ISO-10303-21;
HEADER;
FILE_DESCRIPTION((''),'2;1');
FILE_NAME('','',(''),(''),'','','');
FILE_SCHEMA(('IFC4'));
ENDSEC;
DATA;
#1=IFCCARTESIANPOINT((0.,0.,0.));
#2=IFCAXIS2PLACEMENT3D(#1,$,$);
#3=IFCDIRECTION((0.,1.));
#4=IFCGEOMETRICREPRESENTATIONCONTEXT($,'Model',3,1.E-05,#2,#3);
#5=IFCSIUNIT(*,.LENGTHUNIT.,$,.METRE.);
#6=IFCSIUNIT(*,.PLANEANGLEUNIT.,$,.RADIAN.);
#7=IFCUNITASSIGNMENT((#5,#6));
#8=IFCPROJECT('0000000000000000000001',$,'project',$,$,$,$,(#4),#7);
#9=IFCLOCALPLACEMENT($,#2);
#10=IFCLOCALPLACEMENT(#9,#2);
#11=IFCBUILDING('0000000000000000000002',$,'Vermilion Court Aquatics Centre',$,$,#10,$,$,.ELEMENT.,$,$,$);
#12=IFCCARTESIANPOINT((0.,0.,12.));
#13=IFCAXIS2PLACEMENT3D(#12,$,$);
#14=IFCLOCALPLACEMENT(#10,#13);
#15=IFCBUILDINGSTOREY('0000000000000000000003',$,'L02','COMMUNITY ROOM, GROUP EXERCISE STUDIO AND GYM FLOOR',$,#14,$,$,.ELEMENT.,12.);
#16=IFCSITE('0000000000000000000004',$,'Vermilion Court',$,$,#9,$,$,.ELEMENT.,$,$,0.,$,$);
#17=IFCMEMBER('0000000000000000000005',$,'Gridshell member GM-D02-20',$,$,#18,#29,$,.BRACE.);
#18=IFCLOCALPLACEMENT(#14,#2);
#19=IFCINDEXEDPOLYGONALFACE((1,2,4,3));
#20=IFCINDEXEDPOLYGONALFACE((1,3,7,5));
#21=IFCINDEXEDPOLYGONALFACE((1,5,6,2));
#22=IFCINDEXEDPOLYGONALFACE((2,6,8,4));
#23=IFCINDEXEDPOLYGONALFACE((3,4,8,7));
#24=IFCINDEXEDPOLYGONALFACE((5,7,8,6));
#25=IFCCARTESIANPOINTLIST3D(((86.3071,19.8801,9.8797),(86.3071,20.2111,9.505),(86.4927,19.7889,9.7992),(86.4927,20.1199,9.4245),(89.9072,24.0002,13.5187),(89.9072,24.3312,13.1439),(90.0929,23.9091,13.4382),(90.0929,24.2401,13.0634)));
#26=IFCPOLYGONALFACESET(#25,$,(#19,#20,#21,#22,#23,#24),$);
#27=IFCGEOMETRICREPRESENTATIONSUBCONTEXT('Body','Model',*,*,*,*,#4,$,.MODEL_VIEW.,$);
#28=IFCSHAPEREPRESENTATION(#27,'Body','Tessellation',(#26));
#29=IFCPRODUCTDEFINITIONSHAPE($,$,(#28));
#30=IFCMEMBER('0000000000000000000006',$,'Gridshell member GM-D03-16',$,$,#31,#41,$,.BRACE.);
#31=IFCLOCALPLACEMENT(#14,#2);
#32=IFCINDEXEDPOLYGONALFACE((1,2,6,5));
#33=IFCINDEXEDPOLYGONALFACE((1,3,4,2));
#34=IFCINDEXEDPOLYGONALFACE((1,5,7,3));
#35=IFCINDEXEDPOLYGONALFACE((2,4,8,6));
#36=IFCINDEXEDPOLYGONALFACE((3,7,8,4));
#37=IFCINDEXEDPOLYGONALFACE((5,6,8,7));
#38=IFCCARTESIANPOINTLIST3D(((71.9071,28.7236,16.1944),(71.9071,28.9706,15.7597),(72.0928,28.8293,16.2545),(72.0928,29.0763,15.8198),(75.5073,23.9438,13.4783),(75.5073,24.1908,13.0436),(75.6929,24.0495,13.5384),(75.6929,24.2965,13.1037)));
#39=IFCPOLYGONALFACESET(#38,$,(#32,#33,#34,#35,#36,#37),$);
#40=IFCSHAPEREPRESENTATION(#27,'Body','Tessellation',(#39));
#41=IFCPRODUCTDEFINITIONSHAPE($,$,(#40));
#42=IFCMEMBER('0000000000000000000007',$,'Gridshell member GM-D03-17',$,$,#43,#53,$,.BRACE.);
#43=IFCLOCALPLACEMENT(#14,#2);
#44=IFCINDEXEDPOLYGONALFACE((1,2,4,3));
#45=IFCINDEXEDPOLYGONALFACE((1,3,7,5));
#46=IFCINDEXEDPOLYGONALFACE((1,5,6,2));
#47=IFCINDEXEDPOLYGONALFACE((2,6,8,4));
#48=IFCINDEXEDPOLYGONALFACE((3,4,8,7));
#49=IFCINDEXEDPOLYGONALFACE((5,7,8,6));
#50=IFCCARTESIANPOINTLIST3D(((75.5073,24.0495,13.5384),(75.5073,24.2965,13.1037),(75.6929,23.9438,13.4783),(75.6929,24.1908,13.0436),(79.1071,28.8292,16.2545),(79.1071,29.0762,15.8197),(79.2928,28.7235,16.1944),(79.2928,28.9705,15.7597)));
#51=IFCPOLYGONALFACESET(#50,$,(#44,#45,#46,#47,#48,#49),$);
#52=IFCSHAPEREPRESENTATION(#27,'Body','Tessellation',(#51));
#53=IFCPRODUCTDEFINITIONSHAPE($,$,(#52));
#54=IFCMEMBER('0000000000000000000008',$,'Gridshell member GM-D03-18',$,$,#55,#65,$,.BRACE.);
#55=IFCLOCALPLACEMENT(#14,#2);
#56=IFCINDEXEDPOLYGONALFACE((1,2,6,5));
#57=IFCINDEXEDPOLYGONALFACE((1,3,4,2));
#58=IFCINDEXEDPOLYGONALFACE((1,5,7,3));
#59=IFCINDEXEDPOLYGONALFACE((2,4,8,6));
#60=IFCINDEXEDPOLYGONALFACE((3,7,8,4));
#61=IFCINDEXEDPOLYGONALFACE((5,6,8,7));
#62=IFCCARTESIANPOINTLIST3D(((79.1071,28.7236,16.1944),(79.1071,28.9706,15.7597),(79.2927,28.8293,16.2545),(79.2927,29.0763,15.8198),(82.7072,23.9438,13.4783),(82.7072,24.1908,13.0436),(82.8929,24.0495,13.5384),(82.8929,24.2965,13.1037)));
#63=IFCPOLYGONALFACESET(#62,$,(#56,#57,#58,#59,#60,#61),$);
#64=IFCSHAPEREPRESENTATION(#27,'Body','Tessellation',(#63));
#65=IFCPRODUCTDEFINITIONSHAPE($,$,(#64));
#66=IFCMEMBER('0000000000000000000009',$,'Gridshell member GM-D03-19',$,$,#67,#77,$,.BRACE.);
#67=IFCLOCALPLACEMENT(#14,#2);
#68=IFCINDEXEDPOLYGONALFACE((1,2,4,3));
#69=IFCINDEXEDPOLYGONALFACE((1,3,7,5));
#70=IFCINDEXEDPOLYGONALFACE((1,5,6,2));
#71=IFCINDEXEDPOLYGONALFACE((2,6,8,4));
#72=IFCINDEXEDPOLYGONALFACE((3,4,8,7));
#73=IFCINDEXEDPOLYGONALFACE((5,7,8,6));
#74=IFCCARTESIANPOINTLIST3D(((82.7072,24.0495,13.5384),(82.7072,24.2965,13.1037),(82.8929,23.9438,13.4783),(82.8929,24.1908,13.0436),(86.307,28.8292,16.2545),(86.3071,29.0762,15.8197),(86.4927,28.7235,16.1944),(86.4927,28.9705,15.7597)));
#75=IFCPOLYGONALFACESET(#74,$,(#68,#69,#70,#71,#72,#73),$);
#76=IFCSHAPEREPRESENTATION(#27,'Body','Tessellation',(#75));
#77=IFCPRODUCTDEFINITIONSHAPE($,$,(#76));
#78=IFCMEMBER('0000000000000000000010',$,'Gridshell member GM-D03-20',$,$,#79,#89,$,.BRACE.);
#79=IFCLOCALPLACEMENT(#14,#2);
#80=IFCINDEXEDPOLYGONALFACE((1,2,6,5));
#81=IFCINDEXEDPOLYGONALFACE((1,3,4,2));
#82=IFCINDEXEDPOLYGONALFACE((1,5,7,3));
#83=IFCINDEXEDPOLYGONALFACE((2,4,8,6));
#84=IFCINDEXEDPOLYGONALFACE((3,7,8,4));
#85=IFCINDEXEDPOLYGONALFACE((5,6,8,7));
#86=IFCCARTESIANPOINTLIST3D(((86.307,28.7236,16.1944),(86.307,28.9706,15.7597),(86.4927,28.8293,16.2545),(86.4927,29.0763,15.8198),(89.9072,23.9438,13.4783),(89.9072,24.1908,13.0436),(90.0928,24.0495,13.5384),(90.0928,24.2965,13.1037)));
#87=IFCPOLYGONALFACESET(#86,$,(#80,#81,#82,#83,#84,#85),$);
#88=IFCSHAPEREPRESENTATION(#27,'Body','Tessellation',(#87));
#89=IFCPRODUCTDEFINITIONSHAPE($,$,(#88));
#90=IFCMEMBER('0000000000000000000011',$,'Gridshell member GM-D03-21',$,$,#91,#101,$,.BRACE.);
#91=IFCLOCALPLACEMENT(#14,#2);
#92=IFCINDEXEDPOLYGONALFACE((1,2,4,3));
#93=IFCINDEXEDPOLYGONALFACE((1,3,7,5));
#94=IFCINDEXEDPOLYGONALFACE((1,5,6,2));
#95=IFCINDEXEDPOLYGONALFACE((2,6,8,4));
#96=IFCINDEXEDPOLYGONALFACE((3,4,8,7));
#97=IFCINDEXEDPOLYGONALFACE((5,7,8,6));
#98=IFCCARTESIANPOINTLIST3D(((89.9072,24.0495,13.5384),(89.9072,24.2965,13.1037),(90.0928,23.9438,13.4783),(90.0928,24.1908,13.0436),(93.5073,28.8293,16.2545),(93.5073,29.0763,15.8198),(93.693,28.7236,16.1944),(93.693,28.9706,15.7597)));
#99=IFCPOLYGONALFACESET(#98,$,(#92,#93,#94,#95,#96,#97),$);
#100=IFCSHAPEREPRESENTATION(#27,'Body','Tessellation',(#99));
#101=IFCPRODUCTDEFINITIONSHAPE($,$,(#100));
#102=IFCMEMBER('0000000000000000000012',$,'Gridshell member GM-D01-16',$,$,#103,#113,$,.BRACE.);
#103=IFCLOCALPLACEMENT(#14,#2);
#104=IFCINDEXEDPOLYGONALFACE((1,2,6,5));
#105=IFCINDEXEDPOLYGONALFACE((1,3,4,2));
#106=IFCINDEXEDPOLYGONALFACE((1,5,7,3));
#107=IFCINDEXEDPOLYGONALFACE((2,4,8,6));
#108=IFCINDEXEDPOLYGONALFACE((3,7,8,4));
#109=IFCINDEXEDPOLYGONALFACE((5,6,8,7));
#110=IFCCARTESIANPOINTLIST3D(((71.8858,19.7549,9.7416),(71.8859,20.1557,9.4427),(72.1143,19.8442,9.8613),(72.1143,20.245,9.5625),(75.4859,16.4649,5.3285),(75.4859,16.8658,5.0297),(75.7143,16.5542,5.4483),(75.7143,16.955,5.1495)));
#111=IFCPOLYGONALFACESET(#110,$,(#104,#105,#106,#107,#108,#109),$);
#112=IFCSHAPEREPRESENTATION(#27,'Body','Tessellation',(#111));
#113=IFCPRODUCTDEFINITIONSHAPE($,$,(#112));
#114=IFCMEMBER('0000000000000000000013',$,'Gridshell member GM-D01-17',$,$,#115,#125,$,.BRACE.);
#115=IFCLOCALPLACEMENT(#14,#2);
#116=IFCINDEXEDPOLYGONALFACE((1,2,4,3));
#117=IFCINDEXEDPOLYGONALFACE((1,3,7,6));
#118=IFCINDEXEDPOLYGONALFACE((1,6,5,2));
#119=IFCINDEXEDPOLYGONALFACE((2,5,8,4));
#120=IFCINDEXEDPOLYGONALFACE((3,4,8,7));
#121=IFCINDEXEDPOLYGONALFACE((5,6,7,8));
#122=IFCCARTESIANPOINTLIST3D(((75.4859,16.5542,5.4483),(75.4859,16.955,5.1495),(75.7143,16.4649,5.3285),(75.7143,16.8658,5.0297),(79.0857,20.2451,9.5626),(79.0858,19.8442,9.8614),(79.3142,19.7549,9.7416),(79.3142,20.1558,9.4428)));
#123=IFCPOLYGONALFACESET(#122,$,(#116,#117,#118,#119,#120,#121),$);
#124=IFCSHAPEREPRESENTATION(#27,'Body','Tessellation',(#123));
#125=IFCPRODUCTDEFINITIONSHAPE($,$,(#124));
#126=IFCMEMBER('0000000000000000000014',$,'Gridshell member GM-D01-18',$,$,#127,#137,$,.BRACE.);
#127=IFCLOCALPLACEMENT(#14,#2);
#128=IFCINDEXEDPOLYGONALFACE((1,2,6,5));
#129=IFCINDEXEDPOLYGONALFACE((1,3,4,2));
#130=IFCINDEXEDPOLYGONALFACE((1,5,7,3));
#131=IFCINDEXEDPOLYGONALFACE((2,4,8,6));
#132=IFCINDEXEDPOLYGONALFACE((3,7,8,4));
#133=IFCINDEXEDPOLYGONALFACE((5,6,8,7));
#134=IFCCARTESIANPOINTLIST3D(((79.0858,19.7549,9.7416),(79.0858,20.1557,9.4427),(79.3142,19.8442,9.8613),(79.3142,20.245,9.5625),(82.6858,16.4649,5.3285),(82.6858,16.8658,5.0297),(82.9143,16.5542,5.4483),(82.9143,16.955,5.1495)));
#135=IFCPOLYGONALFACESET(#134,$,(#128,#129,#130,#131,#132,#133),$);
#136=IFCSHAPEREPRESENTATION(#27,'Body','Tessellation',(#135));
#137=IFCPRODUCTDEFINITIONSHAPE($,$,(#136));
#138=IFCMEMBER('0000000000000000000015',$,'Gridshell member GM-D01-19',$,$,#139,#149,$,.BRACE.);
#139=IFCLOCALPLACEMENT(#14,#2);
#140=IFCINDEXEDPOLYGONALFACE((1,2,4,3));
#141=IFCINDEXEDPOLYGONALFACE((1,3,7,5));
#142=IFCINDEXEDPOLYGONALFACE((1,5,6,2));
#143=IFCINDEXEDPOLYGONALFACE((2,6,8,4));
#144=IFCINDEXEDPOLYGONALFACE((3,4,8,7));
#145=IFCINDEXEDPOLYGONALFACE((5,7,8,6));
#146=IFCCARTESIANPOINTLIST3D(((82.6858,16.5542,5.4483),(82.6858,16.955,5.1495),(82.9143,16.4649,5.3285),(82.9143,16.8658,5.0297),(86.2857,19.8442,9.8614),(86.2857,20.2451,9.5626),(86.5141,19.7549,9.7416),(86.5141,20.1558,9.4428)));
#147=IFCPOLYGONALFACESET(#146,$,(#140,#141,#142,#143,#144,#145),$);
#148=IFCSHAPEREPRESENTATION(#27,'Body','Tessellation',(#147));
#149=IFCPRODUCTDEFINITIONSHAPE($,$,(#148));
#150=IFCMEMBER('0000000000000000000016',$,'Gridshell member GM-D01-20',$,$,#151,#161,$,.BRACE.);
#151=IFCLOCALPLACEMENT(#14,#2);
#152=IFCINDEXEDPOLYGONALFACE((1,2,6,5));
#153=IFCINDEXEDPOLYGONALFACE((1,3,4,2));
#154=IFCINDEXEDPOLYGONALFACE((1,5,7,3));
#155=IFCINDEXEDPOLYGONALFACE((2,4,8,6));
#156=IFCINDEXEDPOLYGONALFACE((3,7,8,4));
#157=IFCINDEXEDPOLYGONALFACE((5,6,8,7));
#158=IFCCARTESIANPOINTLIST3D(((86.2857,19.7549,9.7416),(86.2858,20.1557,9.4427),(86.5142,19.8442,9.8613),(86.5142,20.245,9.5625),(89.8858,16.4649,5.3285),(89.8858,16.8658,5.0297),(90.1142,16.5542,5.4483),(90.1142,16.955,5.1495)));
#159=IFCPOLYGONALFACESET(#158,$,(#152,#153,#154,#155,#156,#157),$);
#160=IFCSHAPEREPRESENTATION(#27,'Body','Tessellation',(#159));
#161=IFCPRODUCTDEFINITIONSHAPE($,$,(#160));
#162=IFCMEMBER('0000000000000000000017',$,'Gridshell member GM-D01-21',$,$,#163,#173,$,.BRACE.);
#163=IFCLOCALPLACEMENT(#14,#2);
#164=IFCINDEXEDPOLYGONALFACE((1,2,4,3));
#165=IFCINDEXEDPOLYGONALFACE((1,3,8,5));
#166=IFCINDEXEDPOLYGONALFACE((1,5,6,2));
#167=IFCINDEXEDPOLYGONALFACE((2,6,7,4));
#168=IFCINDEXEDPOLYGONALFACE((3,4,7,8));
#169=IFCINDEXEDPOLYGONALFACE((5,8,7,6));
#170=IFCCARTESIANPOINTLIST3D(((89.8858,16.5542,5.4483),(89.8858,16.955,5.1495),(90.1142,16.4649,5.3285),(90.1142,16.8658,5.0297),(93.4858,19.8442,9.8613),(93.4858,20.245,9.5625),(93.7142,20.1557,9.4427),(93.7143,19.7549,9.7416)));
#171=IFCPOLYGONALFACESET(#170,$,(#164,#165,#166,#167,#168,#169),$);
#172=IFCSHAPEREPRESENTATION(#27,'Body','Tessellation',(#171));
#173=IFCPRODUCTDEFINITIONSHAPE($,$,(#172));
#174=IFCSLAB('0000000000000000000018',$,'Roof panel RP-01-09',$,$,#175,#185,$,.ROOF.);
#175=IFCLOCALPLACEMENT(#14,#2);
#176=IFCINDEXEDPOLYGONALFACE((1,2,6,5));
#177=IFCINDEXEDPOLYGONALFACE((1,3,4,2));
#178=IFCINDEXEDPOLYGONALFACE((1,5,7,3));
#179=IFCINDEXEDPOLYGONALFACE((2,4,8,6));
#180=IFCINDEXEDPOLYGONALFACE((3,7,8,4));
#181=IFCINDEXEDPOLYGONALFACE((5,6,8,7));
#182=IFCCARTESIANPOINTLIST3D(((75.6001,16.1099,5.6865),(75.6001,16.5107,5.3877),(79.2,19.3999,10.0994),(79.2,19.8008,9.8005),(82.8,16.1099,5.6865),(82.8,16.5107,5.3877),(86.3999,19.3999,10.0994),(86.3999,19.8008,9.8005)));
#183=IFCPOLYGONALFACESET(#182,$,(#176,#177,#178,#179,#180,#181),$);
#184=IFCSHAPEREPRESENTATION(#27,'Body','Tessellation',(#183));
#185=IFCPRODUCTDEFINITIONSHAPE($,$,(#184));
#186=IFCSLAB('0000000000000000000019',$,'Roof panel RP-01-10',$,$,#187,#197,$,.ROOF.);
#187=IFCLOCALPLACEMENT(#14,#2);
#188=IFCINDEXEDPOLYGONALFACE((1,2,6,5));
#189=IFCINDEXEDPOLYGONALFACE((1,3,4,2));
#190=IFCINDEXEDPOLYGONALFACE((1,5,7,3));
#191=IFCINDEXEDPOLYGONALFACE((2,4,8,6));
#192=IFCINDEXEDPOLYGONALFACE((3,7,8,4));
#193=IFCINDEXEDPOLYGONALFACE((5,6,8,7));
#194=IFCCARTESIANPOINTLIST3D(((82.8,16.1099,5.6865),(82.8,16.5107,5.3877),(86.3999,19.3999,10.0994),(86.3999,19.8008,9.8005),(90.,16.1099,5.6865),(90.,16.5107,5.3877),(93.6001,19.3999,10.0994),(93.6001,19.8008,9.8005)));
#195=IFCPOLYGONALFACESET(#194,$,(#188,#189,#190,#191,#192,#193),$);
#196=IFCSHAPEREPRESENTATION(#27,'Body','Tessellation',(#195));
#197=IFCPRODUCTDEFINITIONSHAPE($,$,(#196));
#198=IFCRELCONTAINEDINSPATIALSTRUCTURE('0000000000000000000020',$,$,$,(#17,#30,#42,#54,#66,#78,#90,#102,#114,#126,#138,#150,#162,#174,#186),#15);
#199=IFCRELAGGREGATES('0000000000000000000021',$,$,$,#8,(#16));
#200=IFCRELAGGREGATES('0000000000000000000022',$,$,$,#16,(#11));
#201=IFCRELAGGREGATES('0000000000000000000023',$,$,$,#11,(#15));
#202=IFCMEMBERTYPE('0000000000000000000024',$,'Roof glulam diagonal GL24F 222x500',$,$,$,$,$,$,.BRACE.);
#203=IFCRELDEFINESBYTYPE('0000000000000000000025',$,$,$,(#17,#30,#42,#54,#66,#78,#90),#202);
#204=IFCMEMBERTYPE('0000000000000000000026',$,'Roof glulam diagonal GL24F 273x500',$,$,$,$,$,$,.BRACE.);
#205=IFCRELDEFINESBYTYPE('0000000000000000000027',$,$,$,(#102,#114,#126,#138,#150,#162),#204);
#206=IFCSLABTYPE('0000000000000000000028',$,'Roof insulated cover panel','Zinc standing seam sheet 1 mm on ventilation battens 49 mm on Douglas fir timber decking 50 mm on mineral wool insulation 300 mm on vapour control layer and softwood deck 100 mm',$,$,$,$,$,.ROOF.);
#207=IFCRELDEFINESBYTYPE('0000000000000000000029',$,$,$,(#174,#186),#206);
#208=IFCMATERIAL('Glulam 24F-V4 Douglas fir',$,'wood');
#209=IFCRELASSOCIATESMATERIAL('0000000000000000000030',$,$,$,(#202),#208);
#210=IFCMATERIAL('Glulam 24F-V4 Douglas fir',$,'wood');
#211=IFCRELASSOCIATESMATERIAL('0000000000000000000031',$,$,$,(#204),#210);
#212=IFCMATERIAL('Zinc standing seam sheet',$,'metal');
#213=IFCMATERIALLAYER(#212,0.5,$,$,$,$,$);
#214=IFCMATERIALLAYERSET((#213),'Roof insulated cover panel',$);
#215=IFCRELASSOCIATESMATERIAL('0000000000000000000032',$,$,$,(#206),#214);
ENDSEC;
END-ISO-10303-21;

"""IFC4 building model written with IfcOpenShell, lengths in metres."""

from ifc_helpers import new_model, si_unit, direction, frame, origin, origin_2d, place, context, subcontext, project, spatial, polyline, rectangle, outline, extrude, material, layer, layer_set, material_profile, profile_set, type_object, element, save


model = new_model("IFC4")

# Units and contexts
model_context = context("Model", 3, precision=1e-05, world=origin(), true_north=direction((0.0, 1.0)))
body_context = subcontext(model_context, "Body", "Model", "MODEL_VIEW")
ifc_project = project(units=[si_unit("LENGTHUNIT", "METRE"), si_unit("PLANEANGLEUNIT", "RADIAN")], contexts=[model_context])

# Site, building, storey
site_placement = place(None, origin())
site = spatial("IfcSite", under=ifc_project, at=site_placement, Name="Vermilion Court", CompositionType="ELEMENT", RefElevation=0.0)
building_placement = place(site_placement, origin())
building = spatial("IfcBuilding", under=site, at=building_placement, Name="Vermilion Court Aquatics Centre", CompositionType="ELEMENT")
storey_placement = place(building_placement, frame((0.0, 0.0, 12.0)))
storey = spatial("IfcBuildingStorey", under=building, at=storey_placement, Name="L02", Description="COMMUNITY ROOM, GROUP EXERCISE STUDIO AND GYM FLOOR", CompositionType="ELEMENT", Elevation=12.0)

# Members
ifc_material_1 = material(Name="Glulam 24F-V4 Douglas fir", Category="wood")
ifc_material_profile_1 = material_profile(ifc_material_1, rectangle(XDim=0.2219, YDim=0.5, at=origin_2d()), Name="GL24F 222x500")
ifc_profile_set_1 = profile_set([ifc_material_profile_1], Name="Glulam 24F-V4 Douglas fir")
member_type_1 = type_object("IfcMemberType", Name="Roof glulam diagonal GL24F 222x500", PredefinedType="BRACE", material=ifc_profile_set_1)
member_1_placement = place(storey_placement, frame((86.3999, 20.0, 9.6521), z_axis=(0.547878, 0.627017, 0.553786), x_axis=(-0.836558, 0.410664, 0.362664)))
element("IfcMember", 1, at=member_1_placement, inside=storey, type_object=member_type_1, Name="Gridshell member GM-D02-20", PredefinedType="BRACE", context=body_context, shape_type="SweptSolid", body=[
    extrude(rectangle(XDim=0.2219, YDim=0.5, at=origin_2d()), origin(), (0.0, 0.0, 1.0), 6.571),
])
member_2_placement = place(storey_placement, frame((75.6001, 24.1201, 13.291), z_axis=(-0.547839, 0.727355, 0.413312), x_axis=(-0.836584, -0.476332, -0.27062)))
element("IfcMember", 2, at=member_2_placement, inside=storey, type_object=member_type_1, Name="Gridshell member GM-D03-16", PredefinedType="BRACE", context=body_context, shape_type="SweptSolid", body=[
    extrude(rectangle(XDim=0.2219, YDim=0.5, at=origin_2d()), origin(), (0.0, 0.0, 1.0), 6.5715),
])
member_3_placement = place(storey_placement, frame((75.6001, 24.1201, 13.291), z_axis=(0.547813, 0.72737, 0.413321), x_axis=(-0.836601, 0.476303, 0.270618)))
element("IfcMember", 3, at=member_3_placement, inside=storey, type_object=member_type_1, Name="Gridshell member GM-D03-17", PredefinedType="BRACE", context=body_context, shape_type="SweptSolid", body=[
    extrude(rectangle(XDim=0.2219, YDim=0.5, at=origin_2d()), origin(), (0.0, 0.0, 1.0), 6.5713),
])
member_4_placement = place(storey_placement, frame((82.8, 24.1201, 13.291), z_axis=(-0.547839, 0.727355, 0.413312), x_axis=(-0.836584, -0.476332, -0.27062)))
element("IfcMember", 4, at=member_4_placement, inside=storey, type_object=member_type_1, Name="Gridshell member GM-D03-18", PredefinedType="BRACE", context=body_context, shape_type="SweptSolid", body=[
    extrude(rectangle(XDim=0.2219, YDim=0.5, at=origin_2d()), origin(), (0.0, 0.0, 1.0), 6.5715),
])
member_5_placement = place(storey_placement, frame((82.8, 24.1201, 13.291), z_axis=(0.547813, 0.72737, 0.413321), x_axis=(-0.836601, 0.476303, 0.270618)))
element("IfcMember", 5, at=member_5_placement, inside=storey, type_object=member_type_1, Name="Gridshell member GM-D03-19", PredefinedType="BRACE", context=body_context, shape_type="SweptSolid", body=[
    extrude(rectangle(XDim=0.2219, YDim=0.5, at=origin_2d()), origin(), (0.0, 0.0, 1.0), 6.5713),
])
for number, where, z_axis, x_axis, name in (
    (6, (90.0, 24.1201, 13.291), (-0.547839, 0.727355, 0.413312), (-0.836584, -0.476332, -0.27062), "Gridshell member GM-D03-20"),
    (7, (90.0, 24.1201, 13.291), (0.547839, 0.727355, 0.413312), (-0.836584, 0.476332, 0.27062), "Gridshell member GM-D03-21"),
):
    element("IfcMember", number, at=place(storey_placement, frame(where, z_axis=z_axis, x_axis=x_axis)), inside=storey, type_object=member_type_1, Name=name, PredefinedType="BRACE", context=body_context, shape_type="SweptSolid", body=[
        extrude(rectangle(XDim=0.2219, YDim=0.5, at=origin_2d()), origin(), (0.0, 0.0, 1.0), 6.5715),
    ])
ifc_material_2 = material(Name="Glulam 24F-V4 Douglas fir", Category="wood")
ifc_material_profile_2 = material_profile(ifc_material_2, rectangle(XDim=0.2729, YDim=0.5, at=origin_2d()), Name="GL24F 273x500")
ifc_profile_set_2 = profile_set([ifc_material_profile_2], Name="Glulam 24F-V4 Douglas fir")
member_type_2 = type_object("IfcMemberType", Name="Roof glulam diagonal GL24F 273x500", PredefinedType="BRACE", material=ifc_profile_set_2)
for number, where, z_axis, x_axis, name in (
    (8, (75.6001, 16.71, 5.239), (-0.547355, 0.500214, 0.670961), (-0.836901, -0.327117, -0.438853), "Gridshell member GM-D01-16"),
    (9, (75.6001, 16.71, 5.239), (0.547329, 0.500224, 0.670974), (-0.836918, 0.327083, 0.438846), "Gridshell member GM-D01-17"),
    (10, (82.8, 16.71, 5.239), (-0.547355, 0.500214, 0.670961), (-0.836901, -0.327117, -0.438853), "Gridshell member GM-D01-18"),
    (11, (82.8, 16.71, 5.239), (0.547329, 0.500224, 0.670974), (-0.836918, 0.327083, 0.438846), "Gridshell member GM-D01-19"),
    (12, (90.0, 16.71, 5.239), (-0.547355, 0.500214, 0.670961), (-0.836901, -0.327117, -0.438853), "Gridshell member GM-D01-20"),
    (13, (90.0, 16.71, 5.239), (0.547355, 0.500214, 0.670961), (-0.836901, 0.327117, 0.438853), "Gridshell member GM-D01-21"),
):
    element("IfcMember", number, at=place(storey_placement, frame(where, z_axis=z_axis, x_axis=x_axis)), inside=storey, type_object=member_type_2, Name=name, PredefinedType="BRACE", context=body_context, shape_type="SweptSolid", body=[
        extrude(rectangle(XDim=0.2729, YDim=0.5, at=origin_2d()), origin(), (0.0, 0.0, 1.0), 6.5771),
    ])

# Slabs
ifc_material_3 = material(Name="Zinc standing seam sheet", Category="metal")
ifc_layer = layer(ifc_material_3, 0.5)
ifc_layer_set = layer_set([ifc_layer], Name="Roof insulated cover panel")
slab_type = type_object("IfcSlabType", Name="Roof insulated cover panel", Description="Zinc standing seam sheet 1 mm on ventilation battens 49 mm on Douglas fir timber decking 50 mm on mineral wool insulation 300 mm on vapour control layer and softwood deck 100 mm", PredefinedType="ROOF", material=ifc_layer_set)
slab_1_placement = place(storey_placement, frame((75.6001, 16.1099, 5.6865), z_axis=(0.0, -0.801705, 0.59772), x_axis=(1.0, 0.0, 0.0)))
element("IfcSlab", 14, at=slab_1_placement, inside=storey, type_object=slab_type, Name="Roof panel RP-01-09", PredefinedType="ROOF", context=body_context, shape_type="SweptSolid", body=[
    extrude(outline(polyline([(0.0, 0.0), (7.2, 0.0), (10.7998, 5.5043), (3.5999, 5.5043), (0.0, 0.0)])), origin(), (0.0, 0.0, -1.0), 0.5),
])
slab_2_placement = place(storey_placement, frame((82.8, 16.1099, 5.6865), z_axis=(0.0, -0.801705, 0.59772), x_axis=(1.0, 0.0, 0.0)))
element("IfcSlab", 15, at=slab_2_placement, inside=storey, type_object=slab_type, Name="Roof panel RP-01-10", PredefinedType="ROOF", context=body_context, shape_type="SweptSolid", body=[
    extrude(outline(polyline([(0.0, 0.0), (7.2, 0.0), (10.8, 5.5043), (3.5999, 5.5043), (0.0, 0.0)])), origin(), (0.0, 0.0, -1.0), 0.5),
])

save(model, "model.ifc")
